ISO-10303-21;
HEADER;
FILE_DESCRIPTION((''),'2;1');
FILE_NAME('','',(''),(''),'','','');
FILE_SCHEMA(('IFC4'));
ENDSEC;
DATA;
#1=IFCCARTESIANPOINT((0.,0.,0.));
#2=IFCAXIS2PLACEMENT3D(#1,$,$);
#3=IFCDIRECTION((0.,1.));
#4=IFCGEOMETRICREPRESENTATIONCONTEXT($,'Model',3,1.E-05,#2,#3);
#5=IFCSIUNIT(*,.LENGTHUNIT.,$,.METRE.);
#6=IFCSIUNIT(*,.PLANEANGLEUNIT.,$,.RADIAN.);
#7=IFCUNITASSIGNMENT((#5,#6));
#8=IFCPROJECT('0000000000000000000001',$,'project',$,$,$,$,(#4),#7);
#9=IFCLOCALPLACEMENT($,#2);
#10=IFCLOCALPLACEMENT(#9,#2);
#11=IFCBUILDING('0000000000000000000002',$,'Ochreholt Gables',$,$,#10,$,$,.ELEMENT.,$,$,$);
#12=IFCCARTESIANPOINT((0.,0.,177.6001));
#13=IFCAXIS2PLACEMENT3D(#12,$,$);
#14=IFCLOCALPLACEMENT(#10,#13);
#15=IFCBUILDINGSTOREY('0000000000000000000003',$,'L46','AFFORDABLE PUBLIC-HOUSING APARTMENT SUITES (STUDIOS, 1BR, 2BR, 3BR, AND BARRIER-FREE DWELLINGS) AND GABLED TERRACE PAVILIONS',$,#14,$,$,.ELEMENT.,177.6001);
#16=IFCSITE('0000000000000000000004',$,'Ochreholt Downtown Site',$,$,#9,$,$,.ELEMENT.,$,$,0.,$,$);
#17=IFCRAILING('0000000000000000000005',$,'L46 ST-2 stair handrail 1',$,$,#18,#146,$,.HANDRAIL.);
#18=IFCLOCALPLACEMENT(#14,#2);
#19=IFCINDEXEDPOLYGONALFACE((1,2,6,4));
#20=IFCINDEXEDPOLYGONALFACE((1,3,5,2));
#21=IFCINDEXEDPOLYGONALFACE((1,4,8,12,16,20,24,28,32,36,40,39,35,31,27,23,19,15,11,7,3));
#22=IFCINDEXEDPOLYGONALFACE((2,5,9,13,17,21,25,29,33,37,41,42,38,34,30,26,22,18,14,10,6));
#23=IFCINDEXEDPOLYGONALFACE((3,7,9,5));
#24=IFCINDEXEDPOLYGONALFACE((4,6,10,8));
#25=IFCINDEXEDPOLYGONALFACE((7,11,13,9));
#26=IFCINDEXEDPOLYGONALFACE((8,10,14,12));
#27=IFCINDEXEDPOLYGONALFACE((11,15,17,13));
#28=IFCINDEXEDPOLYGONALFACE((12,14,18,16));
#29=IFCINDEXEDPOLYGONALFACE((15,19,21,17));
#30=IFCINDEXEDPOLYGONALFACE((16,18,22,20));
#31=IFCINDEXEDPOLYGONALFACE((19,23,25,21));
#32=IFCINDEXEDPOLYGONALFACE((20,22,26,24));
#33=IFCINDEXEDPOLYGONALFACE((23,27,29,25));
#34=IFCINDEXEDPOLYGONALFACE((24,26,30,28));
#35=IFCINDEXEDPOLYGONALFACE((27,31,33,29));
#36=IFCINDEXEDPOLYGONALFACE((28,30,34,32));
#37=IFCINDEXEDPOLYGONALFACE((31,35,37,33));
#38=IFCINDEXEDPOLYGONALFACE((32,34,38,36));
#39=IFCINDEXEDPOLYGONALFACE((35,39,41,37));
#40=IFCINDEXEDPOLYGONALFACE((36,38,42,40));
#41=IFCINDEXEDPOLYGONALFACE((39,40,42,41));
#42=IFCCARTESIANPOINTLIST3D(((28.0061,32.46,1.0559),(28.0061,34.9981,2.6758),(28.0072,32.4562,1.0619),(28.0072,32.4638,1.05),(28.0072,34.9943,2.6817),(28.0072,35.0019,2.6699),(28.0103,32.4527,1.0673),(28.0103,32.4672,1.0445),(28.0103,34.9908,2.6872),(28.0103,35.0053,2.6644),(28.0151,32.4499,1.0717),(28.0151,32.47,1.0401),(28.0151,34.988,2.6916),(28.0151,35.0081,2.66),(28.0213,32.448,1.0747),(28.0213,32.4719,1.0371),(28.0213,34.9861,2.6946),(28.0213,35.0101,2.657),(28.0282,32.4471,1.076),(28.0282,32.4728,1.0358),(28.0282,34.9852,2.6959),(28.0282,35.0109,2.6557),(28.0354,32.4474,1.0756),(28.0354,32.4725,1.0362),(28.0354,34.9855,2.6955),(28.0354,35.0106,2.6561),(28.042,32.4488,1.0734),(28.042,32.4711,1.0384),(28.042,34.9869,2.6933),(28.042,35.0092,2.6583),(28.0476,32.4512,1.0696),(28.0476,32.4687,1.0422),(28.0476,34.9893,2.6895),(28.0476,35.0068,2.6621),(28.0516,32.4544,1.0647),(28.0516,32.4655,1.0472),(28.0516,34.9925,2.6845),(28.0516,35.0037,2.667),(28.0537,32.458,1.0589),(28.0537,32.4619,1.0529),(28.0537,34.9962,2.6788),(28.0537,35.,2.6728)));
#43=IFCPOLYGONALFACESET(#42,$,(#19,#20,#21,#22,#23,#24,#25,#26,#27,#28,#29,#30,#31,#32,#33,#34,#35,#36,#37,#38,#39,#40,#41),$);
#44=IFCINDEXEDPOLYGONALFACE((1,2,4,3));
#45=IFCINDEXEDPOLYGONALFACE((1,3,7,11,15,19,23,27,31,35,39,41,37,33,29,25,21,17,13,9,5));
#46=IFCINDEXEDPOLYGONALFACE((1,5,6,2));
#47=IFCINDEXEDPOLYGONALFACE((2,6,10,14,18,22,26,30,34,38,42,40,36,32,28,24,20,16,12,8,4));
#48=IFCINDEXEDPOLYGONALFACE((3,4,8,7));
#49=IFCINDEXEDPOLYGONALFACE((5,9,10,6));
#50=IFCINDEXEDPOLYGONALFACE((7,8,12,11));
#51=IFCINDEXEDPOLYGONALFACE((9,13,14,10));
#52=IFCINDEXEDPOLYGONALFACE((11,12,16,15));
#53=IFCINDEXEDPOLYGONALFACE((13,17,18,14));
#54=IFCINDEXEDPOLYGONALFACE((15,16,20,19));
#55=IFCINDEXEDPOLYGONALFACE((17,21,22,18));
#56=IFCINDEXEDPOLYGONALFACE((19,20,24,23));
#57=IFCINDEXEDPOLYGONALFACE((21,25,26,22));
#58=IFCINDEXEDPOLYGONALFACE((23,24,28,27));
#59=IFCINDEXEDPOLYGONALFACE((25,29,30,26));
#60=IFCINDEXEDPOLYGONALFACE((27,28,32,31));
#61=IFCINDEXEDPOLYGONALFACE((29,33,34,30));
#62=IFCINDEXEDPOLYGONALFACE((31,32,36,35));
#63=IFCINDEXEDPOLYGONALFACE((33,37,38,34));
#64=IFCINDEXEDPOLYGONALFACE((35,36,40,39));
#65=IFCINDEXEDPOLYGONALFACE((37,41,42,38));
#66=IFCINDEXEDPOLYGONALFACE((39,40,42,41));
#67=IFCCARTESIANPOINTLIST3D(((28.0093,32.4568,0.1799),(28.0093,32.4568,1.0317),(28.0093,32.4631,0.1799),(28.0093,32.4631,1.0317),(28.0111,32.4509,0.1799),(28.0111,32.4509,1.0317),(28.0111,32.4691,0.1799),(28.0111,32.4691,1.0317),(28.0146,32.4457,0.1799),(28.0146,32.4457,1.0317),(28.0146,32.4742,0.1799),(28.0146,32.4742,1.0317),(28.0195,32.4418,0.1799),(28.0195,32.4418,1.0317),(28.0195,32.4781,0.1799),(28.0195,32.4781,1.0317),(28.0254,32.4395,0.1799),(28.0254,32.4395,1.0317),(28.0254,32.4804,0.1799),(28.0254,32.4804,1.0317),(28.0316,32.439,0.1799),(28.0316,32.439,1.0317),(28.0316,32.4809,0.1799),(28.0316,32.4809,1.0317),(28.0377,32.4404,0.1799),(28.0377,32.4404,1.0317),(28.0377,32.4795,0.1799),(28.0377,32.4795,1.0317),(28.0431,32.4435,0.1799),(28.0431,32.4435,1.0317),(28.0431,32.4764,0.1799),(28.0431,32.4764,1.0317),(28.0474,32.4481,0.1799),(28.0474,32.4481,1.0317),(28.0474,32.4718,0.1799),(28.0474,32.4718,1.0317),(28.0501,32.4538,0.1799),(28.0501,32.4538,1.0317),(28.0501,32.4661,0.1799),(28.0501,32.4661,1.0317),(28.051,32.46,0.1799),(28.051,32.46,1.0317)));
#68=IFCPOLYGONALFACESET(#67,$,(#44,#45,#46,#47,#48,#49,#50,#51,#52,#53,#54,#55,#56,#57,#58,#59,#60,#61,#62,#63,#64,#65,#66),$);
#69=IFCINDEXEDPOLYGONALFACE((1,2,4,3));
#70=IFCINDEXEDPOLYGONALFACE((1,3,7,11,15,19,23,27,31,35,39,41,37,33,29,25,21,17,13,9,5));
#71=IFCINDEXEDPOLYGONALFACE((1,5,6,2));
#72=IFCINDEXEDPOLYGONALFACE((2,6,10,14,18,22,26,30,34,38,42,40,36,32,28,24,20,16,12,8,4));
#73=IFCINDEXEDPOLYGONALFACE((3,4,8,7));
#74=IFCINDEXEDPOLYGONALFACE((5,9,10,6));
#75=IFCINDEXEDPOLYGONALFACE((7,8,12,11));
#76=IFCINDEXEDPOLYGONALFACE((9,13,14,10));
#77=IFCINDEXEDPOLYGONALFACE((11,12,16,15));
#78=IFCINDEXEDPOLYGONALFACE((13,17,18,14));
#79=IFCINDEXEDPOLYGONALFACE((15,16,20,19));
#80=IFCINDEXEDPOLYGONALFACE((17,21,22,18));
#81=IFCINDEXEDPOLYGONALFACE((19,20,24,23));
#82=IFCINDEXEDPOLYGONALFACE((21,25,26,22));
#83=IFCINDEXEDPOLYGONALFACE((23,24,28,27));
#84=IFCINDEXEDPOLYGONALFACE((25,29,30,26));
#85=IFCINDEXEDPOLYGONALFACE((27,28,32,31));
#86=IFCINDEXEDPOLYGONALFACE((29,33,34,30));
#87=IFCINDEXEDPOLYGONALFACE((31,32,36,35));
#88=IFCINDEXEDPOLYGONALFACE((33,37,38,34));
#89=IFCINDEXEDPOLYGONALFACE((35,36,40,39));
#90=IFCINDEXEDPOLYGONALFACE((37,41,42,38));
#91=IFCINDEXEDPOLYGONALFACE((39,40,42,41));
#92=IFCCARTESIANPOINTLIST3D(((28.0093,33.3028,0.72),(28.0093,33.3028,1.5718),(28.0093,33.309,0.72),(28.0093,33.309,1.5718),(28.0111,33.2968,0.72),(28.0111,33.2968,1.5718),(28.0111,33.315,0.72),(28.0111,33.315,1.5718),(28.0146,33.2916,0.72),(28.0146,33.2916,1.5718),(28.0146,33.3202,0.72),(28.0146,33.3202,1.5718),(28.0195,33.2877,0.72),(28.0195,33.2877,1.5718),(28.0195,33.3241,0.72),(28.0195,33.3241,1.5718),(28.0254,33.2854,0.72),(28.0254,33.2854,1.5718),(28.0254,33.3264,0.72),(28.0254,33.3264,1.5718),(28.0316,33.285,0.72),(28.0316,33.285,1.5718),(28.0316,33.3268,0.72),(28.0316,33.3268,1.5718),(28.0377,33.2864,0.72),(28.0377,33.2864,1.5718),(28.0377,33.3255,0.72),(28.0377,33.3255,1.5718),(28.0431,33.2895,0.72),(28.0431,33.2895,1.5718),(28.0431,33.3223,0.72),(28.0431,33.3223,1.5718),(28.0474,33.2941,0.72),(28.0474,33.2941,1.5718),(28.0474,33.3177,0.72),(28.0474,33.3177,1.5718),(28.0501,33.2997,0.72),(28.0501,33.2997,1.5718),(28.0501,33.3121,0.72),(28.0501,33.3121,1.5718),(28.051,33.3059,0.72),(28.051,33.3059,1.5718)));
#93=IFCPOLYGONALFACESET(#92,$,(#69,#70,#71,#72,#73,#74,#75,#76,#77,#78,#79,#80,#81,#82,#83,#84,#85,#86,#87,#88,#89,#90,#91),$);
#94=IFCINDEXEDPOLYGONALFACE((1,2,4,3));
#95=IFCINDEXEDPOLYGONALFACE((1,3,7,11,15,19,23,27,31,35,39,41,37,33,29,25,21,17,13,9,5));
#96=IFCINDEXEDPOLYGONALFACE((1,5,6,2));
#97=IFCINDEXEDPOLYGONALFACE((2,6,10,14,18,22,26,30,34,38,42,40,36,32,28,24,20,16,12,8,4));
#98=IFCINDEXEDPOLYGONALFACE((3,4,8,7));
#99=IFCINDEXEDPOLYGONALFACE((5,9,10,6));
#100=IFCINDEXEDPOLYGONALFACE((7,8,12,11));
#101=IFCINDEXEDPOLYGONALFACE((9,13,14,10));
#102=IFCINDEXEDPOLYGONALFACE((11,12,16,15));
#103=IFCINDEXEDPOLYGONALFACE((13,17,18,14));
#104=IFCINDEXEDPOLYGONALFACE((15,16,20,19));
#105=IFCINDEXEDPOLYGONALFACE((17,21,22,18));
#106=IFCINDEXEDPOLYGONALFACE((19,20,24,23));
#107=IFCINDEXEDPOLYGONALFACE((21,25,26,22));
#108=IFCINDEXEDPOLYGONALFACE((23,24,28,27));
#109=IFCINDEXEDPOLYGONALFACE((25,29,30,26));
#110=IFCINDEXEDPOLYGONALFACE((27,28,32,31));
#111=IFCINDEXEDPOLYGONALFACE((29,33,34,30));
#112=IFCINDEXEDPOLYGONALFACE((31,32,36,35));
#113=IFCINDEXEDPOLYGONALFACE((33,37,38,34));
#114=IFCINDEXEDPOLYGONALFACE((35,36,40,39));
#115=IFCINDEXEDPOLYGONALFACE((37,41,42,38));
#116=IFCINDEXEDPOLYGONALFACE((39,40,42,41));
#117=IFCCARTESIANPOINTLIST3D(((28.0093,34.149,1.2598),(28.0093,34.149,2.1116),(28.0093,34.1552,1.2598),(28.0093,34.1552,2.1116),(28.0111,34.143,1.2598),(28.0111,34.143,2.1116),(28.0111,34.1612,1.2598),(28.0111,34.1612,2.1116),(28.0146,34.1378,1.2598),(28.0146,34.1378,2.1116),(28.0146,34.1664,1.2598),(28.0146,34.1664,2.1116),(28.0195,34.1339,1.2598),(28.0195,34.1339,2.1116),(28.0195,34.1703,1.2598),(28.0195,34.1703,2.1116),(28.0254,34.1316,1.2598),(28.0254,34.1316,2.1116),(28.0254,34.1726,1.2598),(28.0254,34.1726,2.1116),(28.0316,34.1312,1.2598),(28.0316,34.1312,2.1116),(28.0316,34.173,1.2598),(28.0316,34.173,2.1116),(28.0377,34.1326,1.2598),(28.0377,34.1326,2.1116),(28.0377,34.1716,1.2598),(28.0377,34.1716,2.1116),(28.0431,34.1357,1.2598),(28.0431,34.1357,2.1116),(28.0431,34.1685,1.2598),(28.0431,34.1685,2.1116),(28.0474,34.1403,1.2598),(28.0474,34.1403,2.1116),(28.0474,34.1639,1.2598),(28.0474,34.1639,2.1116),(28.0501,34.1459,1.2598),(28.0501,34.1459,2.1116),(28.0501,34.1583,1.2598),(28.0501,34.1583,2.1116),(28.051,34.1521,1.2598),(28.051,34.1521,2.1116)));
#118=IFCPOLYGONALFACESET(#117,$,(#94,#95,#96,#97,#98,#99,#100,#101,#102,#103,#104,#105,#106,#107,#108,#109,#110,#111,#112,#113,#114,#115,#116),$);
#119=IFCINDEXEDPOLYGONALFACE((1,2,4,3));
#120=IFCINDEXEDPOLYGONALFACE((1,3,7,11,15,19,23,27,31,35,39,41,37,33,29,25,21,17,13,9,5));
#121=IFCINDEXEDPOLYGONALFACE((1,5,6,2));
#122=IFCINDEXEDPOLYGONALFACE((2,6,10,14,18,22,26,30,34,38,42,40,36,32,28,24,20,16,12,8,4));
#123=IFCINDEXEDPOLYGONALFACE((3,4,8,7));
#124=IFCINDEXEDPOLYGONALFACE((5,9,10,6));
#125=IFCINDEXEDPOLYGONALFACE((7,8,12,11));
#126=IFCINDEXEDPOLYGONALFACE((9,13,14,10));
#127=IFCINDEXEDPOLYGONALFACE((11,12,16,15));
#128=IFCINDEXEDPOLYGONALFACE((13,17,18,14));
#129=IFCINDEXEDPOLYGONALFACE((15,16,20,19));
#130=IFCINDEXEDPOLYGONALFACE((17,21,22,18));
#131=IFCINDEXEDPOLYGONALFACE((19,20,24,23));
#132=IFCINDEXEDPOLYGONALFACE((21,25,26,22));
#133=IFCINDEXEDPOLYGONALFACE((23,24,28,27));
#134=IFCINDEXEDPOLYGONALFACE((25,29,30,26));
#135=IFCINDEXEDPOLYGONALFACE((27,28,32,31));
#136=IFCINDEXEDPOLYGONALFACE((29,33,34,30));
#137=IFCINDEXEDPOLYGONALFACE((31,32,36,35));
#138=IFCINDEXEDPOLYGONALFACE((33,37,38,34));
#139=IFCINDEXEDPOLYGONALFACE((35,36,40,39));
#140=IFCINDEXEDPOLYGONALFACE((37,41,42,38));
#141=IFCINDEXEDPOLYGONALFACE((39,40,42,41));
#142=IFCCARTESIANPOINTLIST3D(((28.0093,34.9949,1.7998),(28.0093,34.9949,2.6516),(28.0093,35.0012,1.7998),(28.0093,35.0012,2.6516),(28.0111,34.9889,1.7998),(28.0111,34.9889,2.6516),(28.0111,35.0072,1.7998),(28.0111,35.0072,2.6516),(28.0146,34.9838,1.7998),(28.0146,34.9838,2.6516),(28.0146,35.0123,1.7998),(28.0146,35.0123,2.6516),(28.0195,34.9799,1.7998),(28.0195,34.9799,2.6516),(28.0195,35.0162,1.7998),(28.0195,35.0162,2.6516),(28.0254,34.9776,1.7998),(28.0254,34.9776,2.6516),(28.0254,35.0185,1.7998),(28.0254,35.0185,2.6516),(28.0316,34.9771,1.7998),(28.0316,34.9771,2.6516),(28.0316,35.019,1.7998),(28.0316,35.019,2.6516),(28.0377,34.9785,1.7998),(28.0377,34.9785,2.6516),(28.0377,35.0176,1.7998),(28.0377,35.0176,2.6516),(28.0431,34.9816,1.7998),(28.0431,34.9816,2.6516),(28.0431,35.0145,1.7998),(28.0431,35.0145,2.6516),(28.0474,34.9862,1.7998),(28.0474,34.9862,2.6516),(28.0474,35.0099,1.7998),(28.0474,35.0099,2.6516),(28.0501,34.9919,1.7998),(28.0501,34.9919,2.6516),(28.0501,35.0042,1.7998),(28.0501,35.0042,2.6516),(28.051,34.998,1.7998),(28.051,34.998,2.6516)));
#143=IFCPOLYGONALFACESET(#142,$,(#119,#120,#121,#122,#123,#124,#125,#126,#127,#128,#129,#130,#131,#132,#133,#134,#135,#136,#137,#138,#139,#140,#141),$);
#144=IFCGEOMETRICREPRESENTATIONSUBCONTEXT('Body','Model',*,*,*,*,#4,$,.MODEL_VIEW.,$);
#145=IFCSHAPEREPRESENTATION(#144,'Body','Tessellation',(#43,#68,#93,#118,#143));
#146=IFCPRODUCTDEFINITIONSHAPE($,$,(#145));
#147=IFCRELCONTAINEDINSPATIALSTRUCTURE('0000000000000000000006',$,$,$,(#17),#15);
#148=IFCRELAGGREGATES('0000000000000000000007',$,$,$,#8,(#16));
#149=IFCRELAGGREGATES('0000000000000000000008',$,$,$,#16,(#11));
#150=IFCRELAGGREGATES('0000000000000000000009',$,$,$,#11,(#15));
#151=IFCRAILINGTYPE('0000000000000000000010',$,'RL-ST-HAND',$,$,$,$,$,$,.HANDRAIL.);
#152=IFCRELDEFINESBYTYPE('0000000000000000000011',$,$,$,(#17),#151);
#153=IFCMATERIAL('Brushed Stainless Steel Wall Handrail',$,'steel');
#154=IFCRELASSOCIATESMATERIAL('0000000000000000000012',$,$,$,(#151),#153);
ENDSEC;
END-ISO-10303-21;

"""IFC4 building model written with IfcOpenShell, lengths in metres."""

from ifc_helpers import new_model, si_unit, direction, frame, origin, origin_2d, place, context, subcontext, project, spatial, circle, extrude, material, type_object, element, save


model = new_model("IFC4")

# Units and contexts
model_context = context("Model", 3, precision=1e-05, world=origin(), true_north=direction((0.0, 1.0)))
body_context = subcontext(model_context, "Body", "Model", "MODEL_VIEW")
ifc_project = project(units=[si_unit("LENGTHUNIT", "METRE"), si_unit("PLANEANGLEUNIT", "RADIAN")], contexts=[model_context])

# Site, building, storey
site_placement = place(None, origin())
site = spatial("IfcSite", under=ifc_project, at=site_placement, Name="Ochreholt Downtown Site", CompositionType="ELEMENT", RefElevation=0.0)
building_placement = place(site_placement, origin())
building = spatial("IfcBuilding", under=site, at=building_placement, Name="Ochreholt Gables", CompositionType="ELEMENT")
storey_placement = place(building_placement, frame((0.0, 0.0, 177.6001)))
storey = spatial("IfcBuildingStorey", under=building, at=storey_placement, Name="L46", Description="AFFORDABLE PUBLIC-HOUSING APARTMENT SUITES (STUDIOS, 1BR, 2BR, 3BR, AND BARRIER-FREE DWELLINGS) AND GABLED TERRACE PAVILIONS", CompositionType="ELEMENT", Elevation=177.6001)

# Railing
ifc_material_1 = material(Name="Brushed Stainless Steel Wall Handrail", Category="steel")
railing_type_1 = type_object("IfcRailingType", Name="RL-ST-HAND", PredefinedType="HANDRAIL", material=ifc_material_1)
railing_1_placement = place(storey_placement, frame((28.03, 32.46, 0.1799)))
element("IfcRailing", 1, at=railing_1_placement, inside=storey, type_object=railing_type_1, Name="L46 ST-2 stair handrail 1", PredefinedType="HANDRAIL", context=body_context, shape_type="SweptSolid", body=[
    extrude(circle(Radius=0.0239, at=origin_2d()), frame((0.0, 0.0, 0.876), z_axis=(0.0, 0.84295, 0.537993), x_axis=(-1.0, 0.0, 0.0)), (0.0, 0.0, 1.0), 3.011),
    extrude(circle(Radius=0.021, at=origin_2d()), origin(), (0.0, 0.0, 1.0), 0.8518),
    extrude(circle(Radius=0.021, at=origin_2d()), frame((0.0, 0.8459, 0.54)), (0.0, 0.0, 1.0), 0.8518),
    extrude(circle(Radius=0.021, at=origin_2d()), frame((0.0, 1.6921, 1.0798)), (0.0, 0.0, 1.0), 0.8518),
    extrude(circle(Radius=0.021, at=origin_2d()), frame((0.0, 2.5381, 1.6199)), (0.0, 0.0, 1.0), 0.8518),
])

save(model, "model.ifc")
